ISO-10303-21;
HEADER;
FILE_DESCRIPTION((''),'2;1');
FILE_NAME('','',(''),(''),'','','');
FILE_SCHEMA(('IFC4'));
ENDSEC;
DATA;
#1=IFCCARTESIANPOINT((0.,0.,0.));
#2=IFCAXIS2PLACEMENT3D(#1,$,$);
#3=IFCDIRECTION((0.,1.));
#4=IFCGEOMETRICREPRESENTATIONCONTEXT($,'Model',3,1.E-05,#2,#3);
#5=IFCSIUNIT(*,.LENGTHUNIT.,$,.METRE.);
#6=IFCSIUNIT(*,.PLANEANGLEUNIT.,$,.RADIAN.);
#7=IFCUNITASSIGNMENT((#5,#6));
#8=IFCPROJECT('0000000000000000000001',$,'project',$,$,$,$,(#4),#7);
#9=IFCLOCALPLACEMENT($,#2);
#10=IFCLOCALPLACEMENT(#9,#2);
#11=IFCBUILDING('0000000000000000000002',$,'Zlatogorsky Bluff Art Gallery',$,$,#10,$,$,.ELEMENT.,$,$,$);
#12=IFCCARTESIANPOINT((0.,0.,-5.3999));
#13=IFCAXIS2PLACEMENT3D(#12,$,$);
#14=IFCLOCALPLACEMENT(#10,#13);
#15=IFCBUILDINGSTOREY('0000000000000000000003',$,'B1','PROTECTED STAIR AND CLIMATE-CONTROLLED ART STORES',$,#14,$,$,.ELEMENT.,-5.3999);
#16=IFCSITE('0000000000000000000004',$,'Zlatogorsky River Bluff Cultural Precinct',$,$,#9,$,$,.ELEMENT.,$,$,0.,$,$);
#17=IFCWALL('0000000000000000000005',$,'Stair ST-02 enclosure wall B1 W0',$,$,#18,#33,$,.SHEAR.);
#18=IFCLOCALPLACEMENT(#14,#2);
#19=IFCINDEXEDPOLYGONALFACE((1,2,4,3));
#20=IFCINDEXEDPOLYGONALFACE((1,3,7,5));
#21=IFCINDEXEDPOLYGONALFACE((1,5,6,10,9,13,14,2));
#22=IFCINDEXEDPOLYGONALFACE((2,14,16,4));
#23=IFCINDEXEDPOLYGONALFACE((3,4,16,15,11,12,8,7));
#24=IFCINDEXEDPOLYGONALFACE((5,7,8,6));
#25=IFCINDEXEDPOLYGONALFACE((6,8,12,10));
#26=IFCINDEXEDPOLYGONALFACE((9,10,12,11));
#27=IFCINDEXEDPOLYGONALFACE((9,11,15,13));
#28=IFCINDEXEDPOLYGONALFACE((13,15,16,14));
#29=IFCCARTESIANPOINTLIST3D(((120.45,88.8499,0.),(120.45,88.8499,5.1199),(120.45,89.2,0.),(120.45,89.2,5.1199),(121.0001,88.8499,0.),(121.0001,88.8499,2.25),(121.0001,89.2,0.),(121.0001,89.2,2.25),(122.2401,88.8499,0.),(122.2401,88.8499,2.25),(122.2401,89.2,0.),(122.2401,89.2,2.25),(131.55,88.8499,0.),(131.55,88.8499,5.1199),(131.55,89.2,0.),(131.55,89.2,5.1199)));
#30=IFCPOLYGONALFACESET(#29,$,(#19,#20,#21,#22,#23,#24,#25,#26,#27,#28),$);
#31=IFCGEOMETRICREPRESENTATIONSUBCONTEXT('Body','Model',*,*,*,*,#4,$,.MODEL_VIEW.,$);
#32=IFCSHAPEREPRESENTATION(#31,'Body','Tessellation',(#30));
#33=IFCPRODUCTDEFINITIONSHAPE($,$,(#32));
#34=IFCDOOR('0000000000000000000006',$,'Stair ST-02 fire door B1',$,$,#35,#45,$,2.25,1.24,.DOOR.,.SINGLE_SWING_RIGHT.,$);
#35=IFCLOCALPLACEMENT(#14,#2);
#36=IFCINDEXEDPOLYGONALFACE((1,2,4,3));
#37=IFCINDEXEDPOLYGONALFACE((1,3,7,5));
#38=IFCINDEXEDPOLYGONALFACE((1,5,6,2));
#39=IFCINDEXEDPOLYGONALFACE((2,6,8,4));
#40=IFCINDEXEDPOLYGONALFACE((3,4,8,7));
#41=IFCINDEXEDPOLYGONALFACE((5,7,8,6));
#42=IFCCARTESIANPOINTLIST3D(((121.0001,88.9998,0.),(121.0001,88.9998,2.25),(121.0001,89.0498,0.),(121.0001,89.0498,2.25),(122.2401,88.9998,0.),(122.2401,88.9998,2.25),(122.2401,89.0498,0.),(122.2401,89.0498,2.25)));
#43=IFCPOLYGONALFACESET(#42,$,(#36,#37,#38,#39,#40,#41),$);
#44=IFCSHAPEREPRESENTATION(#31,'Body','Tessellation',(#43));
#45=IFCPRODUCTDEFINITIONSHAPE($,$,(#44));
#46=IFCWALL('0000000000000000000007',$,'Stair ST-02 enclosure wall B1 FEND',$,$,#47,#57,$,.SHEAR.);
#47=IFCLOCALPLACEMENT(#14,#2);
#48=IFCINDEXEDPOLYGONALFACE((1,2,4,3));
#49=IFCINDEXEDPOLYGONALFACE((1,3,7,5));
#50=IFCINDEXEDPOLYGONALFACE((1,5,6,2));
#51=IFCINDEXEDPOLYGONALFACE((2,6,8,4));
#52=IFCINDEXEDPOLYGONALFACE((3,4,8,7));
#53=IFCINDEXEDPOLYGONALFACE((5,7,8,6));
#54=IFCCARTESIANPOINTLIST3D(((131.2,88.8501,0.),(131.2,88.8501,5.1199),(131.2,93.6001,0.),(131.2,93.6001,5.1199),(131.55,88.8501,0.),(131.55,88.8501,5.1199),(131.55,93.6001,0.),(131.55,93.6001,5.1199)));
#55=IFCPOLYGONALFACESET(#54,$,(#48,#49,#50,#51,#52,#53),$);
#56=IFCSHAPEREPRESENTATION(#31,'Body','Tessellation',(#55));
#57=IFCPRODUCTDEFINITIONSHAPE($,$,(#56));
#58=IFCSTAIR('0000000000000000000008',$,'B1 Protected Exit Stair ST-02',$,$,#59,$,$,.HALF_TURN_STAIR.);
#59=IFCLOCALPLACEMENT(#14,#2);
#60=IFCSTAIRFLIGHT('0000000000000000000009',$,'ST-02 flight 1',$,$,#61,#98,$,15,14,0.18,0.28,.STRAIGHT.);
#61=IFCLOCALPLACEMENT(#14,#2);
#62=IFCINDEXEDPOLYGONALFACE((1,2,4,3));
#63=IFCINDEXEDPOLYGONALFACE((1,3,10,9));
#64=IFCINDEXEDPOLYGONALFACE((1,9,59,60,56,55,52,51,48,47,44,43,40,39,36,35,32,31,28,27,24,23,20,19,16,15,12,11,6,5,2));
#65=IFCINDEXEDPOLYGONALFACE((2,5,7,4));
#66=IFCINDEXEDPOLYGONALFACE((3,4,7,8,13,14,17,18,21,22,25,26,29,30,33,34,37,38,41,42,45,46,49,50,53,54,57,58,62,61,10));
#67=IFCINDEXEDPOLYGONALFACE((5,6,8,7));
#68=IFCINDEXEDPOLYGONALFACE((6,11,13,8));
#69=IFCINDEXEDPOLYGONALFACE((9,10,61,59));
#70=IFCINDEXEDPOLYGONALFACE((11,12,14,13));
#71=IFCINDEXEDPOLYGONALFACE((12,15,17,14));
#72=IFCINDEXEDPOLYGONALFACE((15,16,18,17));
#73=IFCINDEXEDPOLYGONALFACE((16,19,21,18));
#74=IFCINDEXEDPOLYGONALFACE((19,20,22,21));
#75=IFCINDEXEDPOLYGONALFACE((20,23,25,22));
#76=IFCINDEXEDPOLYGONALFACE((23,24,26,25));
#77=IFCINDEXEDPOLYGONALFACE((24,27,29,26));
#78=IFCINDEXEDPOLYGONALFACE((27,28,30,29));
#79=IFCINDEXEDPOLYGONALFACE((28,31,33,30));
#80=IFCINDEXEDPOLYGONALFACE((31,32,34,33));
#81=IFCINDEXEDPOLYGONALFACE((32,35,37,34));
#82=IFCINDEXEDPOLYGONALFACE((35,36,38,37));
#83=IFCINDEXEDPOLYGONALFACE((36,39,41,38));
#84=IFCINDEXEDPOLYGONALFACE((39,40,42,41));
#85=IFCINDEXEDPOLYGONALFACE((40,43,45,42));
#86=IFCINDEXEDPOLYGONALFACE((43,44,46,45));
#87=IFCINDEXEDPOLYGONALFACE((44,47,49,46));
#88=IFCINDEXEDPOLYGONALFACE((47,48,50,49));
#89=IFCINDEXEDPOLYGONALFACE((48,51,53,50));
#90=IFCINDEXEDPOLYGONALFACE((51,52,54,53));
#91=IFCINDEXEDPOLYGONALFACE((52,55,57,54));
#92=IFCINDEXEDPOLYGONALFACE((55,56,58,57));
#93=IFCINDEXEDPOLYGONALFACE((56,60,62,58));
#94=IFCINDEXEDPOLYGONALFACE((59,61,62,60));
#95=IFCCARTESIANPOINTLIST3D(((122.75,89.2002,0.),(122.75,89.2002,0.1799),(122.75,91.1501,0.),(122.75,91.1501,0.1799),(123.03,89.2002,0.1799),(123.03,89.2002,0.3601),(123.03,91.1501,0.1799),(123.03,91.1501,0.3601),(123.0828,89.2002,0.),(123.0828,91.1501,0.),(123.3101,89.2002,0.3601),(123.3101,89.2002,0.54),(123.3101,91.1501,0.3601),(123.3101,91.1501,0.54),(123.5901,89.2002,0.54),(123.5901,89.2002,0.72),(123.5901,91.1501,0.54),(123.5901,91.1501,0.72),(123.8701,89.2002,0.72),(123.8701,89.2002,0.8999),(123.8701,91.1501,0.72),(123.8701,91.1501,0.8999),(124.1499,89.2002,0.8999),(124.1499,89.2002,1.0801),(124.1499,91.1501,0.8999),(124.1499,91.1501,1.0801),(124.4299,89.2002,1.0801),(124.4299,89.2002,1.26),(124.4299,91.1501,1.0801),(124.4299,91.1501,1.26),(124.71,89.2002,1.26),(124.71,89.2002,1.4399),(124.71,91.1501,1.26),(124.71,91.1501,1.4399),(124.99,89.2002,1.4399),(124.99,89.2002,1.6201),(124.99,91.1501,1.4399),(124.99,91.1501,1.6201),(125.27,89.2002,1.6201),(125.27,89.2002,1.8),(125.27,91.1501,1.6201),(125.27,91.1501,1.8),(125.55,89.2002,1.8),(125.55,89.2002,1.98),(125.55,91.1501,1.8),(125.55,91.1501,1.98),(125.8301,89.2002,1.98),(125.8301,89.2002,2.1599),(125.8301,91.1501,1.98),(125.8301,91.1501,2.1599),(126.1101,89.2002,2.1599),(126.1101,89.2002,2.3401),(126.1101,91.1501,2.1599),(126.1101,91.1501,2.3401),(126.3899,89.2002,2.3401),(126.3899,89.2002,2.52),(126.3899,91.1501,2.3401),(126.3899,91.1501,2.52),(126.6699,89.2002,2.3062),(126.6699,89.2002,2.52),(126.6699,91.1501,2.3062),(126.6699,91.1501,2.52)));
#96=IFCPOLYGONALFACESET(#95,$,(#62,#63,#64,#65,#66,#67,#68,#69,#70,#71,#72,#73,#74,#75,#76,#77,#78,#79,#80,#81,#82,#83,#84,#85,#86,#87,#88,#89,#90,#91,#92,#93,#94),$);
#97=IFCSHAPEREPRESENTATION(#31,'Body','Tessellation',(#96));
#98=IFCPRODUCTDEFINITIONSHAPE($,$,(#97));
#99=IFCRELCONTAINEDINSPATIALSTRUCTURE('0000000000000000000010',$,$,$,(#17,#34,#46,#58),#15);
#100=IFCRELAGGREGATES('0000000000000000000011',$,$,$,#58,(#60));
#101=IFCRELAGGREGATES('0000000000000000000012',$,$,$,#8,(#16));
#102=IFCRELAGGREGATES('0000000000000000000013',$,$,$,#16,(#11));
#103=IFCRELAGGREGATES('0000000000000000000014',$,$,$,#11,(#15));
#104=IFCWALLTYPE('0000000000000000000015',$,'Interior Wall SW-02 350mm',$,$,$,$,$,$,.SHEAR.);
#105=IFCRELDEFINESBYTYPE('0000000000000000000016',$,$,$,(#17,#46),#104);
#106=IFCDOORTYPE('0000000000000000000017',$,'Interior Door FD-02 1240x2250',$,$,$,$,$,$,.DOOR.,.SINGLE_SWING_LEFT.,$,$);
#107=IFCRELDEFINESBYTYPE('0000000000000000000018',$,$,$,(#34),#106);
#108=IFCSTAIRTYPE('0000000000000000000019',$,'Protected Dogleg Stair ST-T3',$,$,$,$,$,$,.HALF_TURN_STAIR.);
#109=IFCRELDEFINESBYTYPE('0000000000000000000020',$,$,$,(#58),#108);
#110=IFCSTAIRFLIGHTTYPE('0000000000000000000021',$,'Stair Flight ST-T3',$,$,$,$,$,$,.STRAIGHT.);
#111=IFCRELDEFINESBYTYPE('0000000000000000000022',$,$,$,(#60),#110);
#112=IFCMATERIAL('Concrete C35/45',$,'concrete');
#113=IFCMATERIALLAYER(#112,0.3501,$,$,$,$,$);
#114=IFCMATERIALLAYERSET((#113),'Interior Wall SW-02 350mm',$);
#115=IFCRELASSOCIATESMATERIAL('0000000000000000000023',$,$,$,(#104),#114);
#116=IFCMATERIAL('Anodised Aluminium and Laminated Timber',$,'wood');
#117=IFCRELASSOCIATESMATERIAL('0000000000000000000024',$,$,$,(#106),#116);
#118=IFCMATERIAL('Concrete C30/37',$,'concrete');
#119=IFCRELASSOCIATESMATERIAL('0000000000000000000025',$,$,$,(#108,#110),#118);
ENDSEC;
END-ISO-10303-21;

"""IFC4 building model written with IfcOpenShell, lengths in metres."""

from ifc_helpers import new_model, si_unit, direction, frame, frame_2d, origin, place, context, subcontext, project, spatial, polyline, rectangle, outline, extrude, material, layer, layer_set, type_object, element, fill, aggregate, save


model = new_model("IFC4")

# Units and contexts
model_context = context("Model", 3, precision=1e-05, world=origin(), true_north=direction((0.0, 1.0)))
body_context = subcontext(model_context, "Body", "Model", "MODEL_VIEW")
ifc_project = project(units=[si_unit("LENGTHUNIT", "METRE"), si_unit("PLANEANGLEUNIT", "RADIAN")], contexts=[model_context])

# Site, building, storey
site_placement = place(None, origin())
site = spatial("IfcSite", under=ifc_project, at=site_placement, Name="Zlatogorsky River Bluff Cultural Precinct", CompositionType="ELEMENT", RefElevation=0.0)
building_placement = place(site_placement, origin())
building = spatial("IfcBuilding", under=site, at=building_placement, Name="Zlatogorsky Bluff Art Gallery", CompositionType="ELEMENT")
storey_placement = place(building_placement, frame((0.0, 0.0, -5.3999)))
storey = spatial("IfcBuildingStorey", under=building, at=storey_placement, Name="B1", Description="PROTECTED STAIR AND CLIMATE-CONTROLLED ART STORES", CompositionType="ELEMENT", Elevation=-5.3999)

# Shared definitions
ifc_material_1 = material(Name="Concrete C35/45", Category="concrete")

# Shared definitions
ifc_material_2 = material(Name="Concrete C30/37", Category="concrete")
ifc_material_3 = material(Name="Anodised Aluminium and Laminated Timber", Category="wood")

# Wall, opening, door
ifc_layer_1 = layer(ifc_material_1, 0.3501)
ifc_layer_set_1 = layer_set([ifc_layer_1], Name="Interior Wall SW-02 350mm")
wall_type_1 = type_object("IfcWallType", Name="Interior Wall SW-02 350mm", PredefinedType="SHEAR", material=ifc_layer_set_1)
wall_1_placement = place(storey_placement, frame((120.45, 89.0249, 0.0), z_axis=(0.0, 0.0, 1.0), x_axis=(1.0, 0.0, 0.0)))
wall_1 = element("IfcWall", 1, at=wall_1_placement, inside=storey, type_object=wall_type_1, Name="Stair ST-02 enclosure wall B1 W0", PredefinedType="SHEAR", context=body_context, shape_type="SweptSolid", body=[
    extrude(rectangle(XDim=11.1001, YDim=0.3501, at=frame_2d((5.55, 0.0))), origin(), (0.0, 0.0, 1.0), 5.1199),
])
opening_1_placement = place(wall_1_placement, frame((0.55, 0.0, 0.0)))
opening_1 = element("IfcOpeningElement", 2, at=opening_1_placement, cuts=wall_1, PredefinedType="OPENING", context=body_context, shape_type="SweptSolid", body=[
    extrude(rectangle(XDim=1.24, YDim=2.25, at=frame_2d((0.6201, 1.125))), frame((0.0, 0.1851, 0.0), z_axis=(0.0, -1.0, 0.0), x_axis=(1.0, 0.0, 0.0)), (0.0, 0.0, 1.0), 0.3701),
])
door_type_1 = type_object("IfcDoorType", Name="Interior Door FD-02 1240x2250", OperationType="SINGLE_SWING_LEFT", PredefinedType="DOOR", material=ifc_material_3)
door_1_placement = place(opening_1_placement, origin())
door_1 = element("IfcDoor", 3, at=door_1_placement, inside=storey, type_object=door_type_1, Name="Stair ST-02 fire door B1", OperationType="SINGLE_SWING_RIGHT", OverallHeight=2.25, OverallWidth=1.24, PredefinedType="DOOR", context=body_context, shape_type="SweptSolid", body=[
    extrude(rectangle(XDim=1.24, YDim=2.25, at=frame_2d((0.6201, 1.125))), frame((0.0, 0.0249, 0.0), z_axis=(0.0, -1.0, 0.0), x_axis=(1.0, 0.0, 0.0)), (0.0, 0.0, 1.0), 0.05),
])
fill(opening_1, door_1)

# Wall
wall_2_placement = place(storey_placement, frame((131.375, 88.8501, 0.0), z_axis=(0.0, 0.0, 1.0), x_axis=(0.0, 1.0, 0.0)))
element("IfcWall", 4, at=wall_2_placement, inside=storey, type_object=wall_type_1, Name="Stair ST-02 enclosure wall B1 FEND", PredefinedType="SHEAR", context=body_context, shape_type="SweptSolid", body=[
    extrude(rectangle(XDim=4.75, YDim=0.3501, at=frame_2d((2.375, 0.0))), origin(), (0.0, 0.0, 1.0), 5.1199),
])

# Stair, stair flight
stair_type = type_object("IfcStairType", Name="Protected Dogleg Stair ST-T3", PredefinedType="HALF_TURN_STAIR", material=ifc_material_2)
stair_placement = place(storey_placement, origin())
stair = element("IfcStair", 5, at=stair_placement, inside=storey, type_object=stair_type, Name="B1 Protected Exit Stair ST-02", PredefinedType="HALF_TURN_STAIR")
stair_flight_type = type_object("IfcStairFlightType", Name="Stair Flight ST-T3", PredefinedType="STRAIGHT", material=ifc_material_2)
stair_flight_placement = place(storey_placement, frame((122.75, 90.175, 0.0), z_axis=(0.0, 0.0, 1.0), x_axis=(1.0, 0.0, 0.0)))
stair_flight = element("IfcStairFlight", 6, at=stair_flight_placement, type_object=stair_flight_type, Name="ST-02 flight 1", NumberOfRisers=15, NumberOfTreads=14, PredefinedType="STRAIGHT", RiserHeight=0.18, TreadLength=0.28, context=body_context, shape_type="SweptSolid", body=[
    extrude(outline(polyline([(0.0, 0.0), (0.0, 0.1799), (0.28, 0.1799), (0.28, 0.3601), (0.5601, 0.3601), (0.5601, 0.54), (0.8401, 0.54), (0.8401, 0.72), (1.1201, 0.72), (1.1201, 0.8999), (1.3999, 0.8999), (1.3999, 1.0801), (1.6799, 1.0801), (1.6799, 1.26), (1.96, 1.26), (1.96, 1.4399), (2.24, 1.4399), (2.24, 1.6201), (2.52, 1.6201), (2.52, 1.8), (2.8, 1.8), (2.8, 1.98), (3.0801, 1.98), (3.0801, 2.1599), (3.3601, 2.1599), (3.3601, 2.3401), (3.6399, 2.3401), (3.6399, 2.52), (3.9199, 2.52), (3.9199, 2.7), (3.9199, 2.3062), (0.3328, 0.0), (0.0, 0.0)])), frame((0.0, 0.9751, 0.0), z_axis=(0.0, -1.0, 0.0), x_axis=(1.0, 0.0, 0.0)), (0.0, 0.0, 1.0), 1.95),
])
aggregate(stair, [stair_flight])

save(model, "model.ifc")
